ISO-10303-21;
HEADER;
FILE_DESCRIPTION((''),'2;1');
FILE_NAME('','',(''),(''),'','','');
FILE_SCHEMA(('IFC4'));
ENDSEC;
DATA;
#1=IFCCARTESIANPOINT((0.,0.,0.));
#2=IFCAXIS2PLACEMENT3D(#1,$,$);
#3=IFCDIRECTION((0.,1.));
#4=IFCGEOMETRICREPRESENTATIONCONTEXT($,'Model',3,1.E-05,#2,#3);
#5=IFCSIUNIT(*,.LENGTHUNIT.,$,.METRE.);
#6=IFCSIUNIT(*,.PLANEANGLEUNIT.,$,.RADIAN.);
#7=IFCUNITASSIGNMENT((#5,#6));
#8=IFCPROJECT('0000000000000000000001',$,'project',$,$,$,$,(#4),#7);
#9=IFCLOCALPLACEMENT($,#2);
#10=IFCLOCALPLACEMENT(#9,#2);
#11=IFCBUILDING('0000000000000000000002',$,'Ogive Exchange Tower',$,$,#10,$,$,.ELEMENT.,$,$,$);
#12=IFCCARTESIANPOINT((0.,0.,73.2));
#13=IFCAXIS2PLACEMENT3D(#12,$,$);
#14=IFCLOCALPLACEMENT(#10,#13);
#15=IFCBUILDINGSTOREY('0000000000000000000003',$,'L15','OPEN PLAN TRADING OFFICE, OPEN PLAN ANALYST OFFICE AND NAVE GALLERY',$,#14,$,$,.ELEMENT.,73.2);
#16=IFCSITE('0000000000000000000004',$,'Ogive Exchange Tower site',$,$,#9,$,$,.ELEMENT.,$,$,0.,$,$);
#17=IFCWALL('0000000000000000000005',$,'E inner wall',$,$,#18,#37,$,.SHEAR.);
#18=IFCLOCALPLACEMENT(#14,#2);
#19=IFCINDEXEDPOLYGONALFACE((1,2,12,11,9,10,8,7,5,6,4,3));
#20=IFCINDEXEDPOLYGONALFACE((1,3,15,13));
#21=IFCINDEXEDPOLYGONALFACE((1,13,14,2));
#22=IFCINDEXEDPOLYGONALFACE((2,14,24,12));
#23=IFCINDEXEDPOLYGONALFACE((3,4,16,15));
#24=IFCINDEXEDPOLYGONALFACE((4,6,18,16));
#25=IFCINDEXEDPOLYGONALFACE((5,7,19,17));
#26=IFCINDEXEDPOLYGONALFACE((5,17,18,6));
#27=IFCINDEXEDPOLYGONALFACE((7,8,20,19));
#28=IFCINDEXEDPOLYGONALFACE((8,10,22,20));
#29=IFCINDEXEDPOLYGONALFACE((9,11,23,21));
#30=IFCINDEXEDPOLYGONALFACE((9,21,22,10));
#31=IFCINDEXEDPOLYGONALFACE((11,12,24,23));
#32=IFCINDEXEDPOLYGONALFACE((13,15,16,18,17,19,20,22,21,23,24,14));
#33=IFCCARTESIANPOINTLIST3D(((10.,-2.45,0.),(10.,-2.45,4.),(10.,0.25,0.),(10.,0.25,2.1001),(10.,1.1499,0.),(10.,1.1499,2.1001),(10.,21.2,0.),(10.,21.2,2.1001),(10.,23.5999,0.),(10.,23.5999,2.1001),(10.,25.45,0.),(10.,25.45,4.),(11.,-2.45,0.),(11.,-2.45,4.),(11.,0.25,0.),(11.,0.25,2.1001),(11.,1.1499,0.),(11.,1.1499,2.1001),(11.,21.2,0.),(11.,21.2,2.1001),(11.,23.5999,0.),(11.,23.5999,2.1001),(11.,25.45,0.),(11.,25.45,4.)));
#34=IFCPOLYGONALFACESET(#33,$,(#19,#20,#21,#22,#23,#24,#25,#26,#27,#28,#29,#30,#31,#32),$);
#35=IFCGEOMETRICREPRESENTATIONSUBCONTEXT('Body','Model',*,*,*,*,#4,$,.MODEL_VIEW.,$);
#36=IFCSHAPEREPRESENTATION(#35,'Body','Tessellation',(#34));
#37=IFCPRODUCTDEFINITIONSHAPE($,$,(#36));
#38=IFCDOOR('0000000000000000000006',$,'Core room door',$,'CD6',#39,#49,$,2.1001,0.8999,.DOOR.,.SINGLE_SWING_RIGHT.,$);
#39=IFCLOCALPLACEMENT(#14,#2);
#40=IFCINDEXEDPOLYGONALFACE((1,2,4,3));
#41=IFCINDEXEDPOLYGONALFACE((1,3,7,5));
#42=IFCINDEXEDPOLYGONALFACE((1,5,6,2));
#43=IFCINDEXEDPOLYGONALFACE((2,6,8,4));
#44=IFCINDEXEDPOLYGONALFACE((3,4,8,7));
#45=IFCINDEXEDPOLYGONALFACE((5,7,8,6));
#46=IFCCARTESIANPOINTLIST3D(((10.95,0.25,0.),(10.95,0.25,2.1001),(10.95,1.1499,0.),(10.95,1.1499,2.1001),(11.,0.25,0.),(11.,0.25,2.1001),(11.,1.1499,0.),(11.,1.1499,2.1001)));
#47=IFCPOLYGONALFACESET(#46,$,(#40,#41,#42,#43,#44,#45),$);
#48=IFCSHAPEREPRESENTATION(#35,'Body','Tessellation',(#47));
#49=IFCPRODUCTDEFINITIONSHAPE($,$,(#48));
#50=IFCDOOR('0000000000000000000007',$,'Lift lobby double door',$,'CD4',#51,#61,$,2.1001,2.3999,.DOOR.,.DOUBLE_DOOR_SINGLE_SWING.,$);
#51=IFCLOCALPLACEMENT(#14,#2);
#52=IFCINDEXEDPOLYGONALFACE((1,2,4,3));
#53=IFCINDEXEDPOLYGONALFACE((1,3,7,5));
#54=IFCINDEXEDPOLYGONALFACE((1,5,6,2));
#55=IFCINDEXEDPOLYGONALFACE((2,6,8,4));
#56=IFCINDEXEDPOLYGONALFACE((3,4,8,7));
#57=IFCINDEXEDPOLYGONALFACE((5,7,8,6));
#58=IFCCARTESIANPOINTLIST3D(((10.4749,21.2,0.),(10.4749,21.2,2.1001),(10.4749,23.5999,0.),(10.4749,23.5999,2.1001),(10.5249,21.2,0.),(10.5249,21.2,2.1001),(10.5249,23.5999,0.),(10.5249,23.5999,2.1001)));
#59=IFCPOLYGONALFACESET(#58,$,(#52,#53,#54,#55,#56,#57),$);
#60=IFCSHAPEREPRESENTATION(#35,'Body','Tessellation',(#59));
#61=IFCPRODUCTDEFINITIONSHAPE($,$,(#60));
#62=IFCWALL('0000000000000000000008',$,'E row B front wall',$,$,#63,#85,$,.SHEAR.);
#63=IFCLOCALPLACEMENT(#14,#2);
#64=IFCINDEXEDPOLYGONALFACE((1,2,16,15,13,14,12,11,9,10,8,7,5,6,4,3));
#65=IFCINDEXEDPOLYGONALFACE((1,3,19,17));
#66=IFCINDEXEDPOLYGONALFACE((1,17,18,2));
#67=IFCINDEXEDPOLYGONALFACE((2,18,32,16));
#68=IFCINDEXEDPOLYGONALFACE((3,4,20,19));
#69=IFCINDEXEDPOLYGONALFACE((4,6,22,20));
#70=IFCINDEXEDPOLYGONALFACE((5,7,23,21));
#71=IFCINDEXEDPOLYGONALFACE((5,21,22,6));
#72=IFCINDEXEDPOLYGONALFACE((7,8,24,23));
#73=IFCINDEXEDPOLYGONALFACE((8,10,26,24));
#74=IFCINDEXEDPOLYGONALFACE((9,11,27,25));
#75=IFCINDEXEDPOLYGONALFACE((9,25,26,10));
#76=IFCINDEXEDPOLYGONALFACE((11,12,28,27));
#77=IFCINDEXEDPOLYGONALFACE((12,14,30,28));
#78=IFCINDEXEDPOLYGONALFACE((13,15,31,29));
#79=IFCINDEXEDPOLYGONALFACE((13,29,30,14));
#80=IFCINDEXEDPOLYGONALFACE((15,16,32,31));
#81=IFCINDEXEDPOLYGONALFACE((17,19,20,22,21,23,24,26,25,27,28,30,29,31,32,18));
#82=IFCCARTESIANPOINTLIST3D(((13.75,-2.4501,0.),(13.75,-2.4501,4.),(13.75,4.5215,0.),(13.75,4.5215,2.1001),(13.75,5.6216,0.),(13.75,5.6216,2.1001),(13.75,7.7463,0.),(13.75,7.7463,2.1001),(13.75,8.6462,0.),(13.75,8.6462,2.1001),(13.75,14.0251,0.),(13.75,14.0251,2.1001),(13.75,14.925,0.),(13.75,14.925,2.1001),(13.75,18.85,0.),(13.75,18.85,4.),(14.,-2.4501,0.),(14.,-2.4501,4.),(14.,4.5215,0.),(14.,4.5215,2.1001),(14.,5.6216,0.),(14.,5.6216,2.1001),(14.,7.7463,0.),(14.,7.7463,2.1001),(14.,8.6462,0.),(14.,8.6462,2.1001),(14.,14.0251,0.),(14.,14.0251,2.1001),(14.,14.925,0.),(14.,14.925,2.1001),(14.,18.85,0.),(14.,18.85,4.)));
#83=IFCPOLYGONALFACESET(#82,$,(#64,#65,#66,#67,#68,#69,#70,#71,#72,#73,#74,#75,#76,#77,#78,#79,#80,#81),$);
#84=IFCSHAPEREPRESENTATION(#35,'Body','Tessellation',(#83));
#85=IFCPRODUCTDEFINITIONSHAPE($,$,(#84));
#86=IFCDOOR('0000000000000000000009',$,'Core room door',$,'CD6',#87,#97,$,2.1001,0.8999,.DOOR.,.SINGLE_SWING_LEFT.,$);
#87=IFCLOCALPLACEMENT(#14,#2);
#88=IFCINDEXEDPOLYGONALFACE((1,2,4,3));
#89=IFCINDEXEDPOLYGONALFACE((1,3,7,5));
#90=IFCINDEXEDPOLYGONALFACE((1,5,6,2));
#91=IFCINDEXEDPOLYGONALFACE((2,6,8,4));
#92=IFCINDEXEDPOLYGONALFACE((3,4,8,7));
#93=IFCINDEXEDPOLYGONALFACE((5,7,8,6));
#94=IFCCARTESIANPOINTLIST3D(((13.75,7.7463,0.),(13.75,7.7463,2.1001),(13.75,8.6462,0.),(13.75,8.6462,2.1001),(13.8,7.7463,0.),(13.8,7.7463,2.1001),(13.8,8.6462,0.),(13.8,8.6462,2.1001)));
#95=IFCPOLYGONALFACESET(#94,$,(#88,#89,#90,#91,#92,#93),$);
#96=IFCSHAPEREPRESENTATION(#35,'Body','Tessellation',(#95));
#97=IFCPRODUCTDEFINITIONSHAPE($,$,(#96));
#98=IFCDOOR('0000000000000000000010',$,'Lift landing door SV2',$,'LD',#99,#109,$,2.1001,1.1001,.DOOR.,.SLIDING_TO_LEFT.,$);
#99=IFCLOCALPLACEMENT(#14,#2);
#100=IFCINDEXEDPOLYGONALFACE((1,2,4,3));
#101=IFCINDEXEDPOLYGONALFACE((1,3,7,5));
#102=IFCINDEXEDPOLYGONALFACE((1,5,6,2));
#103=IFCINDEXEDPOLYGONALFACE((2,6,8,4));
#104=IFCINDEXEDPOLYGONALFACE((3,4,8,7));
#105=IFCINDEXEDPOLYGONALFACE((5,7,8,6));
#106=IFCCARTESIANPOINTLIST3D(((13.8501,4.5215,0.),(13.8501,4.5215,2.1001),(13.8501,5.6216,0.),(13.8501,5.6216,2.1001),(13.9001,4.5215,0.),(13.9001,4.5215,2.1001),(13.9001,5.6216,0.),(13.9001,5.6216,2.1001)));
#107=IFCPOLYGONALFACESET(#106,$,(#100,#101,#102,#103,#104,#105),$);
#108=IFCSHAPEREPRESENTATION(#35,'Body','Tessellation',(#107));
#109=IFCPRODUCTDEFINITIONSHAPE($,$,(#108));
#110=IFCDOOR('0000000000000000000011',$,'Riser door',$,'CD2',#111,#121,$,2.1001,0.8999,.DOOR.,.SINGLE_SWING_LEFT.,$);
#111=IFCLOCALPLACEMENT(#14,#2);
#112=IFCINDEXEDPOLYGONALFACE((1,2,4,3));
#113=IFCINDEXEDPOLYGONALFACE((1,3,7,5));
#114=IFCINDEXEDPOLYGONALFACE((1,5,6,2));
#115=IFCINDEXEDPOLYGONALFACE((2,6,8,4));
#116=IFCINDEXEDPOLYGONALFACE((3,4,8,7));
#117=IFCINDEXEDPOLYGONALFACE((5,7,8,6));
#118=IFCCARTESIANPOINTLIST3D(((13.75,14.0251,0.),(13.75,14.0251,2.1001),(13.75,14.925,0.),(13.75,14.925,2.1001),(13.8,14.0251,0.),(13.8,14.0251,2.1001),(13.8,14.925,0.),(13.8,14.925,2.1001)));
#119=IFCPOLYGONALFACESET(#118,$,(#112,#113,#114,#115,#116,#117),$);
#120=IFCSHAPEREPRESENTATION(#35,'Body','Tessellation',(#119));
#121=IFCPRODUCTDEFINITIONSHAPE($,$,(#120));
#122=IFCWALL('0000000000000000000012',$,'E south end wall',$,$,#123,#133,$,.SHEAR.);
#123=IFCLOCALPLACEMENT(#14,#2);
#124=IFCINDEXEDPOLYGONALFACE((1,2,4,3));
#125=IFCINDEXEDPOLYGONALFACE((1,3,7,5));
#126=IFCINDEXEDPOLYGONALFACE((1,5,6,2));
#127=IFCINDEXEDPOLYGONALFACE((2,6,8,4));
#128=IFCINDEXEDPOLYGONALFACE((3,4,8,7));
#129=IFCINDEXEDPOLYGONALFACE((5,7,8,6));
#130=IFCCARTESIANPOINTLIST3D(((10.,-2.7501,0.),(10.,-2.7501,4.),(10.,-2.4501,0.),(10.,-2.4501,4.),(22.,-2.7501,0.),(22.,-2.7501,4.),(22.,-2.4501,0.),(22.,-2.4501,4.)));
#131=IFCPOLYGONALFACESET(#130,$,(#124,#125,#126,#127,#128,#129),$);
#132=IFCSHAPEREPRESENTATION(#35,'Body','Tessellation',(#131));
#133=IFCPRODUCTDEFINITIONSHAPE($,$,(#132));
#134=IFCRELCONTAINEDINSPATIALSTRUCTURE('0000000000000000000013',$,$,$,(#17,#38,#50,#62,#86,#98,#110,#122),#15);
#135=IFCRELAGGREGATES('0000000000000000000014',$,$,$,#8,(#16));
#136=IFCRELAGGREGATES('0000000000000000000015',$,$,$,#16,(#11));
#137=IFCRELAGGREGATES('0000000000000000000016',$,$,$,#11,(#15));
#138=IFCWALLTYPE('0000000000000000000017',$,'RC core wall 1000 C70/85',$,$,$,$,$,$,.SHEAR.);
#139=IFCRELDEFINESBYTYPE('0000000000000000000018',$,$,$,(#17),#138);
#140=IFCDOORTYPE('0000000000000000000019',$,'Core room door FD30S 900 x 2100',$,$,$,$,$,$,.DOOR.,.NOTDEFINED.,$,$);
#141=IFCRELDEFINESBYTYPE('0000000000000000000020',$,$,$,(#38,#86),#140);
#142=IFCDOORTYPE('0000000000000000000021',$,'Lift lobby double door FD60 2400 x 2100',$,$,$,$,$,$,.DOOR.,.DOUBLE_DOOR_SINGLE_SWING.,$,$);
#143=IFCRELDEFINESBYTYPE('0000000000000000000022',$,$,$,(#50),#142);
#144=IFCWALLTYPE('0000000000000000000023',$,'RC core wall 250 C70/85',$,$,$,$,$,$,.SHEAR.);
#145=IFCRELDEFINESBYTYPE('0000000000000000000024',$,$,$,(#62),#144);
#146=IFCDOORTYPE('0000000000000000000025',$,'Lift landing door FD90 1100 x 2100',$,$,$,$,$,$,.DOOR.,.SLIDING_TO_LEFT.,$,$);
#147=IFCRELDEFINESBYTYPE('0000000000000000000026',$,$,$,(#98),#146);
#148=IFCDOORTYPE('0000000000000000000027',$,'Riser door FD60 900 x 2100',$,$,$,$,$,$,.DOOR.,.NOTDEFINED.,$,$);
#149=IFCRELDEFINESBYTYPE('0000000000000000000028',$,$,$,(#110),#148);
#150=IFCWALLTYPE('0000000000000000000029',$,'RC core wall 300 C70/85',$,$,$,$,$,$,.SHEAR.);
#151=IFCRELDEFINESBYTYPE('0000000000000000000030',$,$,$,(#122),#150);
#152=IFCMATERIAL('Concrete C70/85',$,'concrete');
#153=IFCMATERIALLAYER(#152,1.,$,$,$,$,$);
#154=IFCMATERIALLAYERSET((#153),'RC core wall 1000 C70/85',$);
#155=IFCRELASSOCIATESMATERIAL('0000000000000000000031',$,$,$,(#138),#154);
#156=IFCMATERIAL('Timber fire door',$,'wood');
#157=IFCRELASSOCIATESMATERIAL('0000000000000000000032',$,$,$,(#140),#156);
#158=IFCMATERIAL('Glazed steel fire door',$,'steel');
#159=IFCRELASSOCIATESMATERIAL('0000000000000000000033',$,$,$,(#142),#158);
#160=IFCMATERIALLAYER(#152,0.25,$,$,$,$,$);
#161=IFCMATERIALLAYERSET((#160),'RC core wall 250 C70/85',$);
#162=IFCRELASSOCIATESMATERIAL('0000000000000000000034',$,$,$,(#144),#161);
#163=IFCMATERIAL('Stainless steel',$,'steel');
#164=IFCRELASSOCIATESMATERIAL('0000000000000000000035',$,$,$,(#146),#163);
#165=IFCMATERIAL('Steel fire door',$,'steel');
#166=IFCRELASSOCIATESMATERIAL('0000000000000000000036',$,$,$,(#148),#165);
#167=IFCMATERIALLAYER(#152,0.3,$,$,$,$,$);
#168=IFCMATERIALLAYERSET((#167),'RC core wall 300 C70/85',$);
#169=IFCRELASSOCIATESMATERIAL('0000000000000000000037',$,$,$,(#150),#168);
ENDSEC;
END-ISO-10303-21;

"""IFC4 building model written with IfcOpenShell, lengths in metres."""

from ifc_helpers import new_model, si_unit, direction, frame, frame_2d, origin, place, context, subcontext, project, spatial, rectangle, extrude, material, layer, layer_set, type_object, element, fill, save


model = new_model("IFC4")

# Units and contexts
model_context = context("Model", 3, precision=1e-05, world=origin(), true_north=direction((0.0, 1.0)))
body_context = subcontext(model_context, "Body", "Model", "MODEL_VIEW")
ifc_project = project(units=[si_unit("LENGTHUNIT", "METRE"), si_unit("PLANEANGLEUNIT", "RADIAN")], contexts=[model_context])

# Site, building, storey
site_placement = place(None, origin())
site = spatial("IfcSite", under=ifc_project, at=site_placement, Name="Ogive Exchange Tower site", CompositionType="ELEMENT", RefElevation=0.0)
building_placement = place(site_placement, origin())
building = spatial("IfcBuilding", under=site, at=building_placement, Name="Ogive Exchange Tower", CompositionType="ELEMENT")
storey_placement = place(building_placement, frame((0.0, 0.0, 73.2)))
storey = spatial("IfcBuildingStorey", under=building, at=storey_placement, Name="L15", Description="OPEN PLAN TRADING OFFICE, OPEN PLAN ANALYST OFFICE AND NAVE GALLERY", CompositionType="ELEMENT", Elevation=73.2)

# Shared definitions
ifc_material_1 = material(Name="Concrete C70/85", Category="concrete")

# Walls, openings, doors
ifc_layer_1 = layer(ifc_material_1, 1.0)
ifc_layer_set_1 = layer_set([ifc_layer_1], Name="RC core wall 1000 C70/85")
wall_type_1 = type_object("IfcWallType", Name="RC core wall 1000 C70/85", PredefinedType="SHEAR", material=ifc_layer_set_1)
wall_1_placement = place(storey_placement, frame((10.5, -2.45, 0.0), z_axis=(0.0, 0.0, 1.0), x_axis=(0.0, 1.0, 0.0)))
wall_1 = element("IfcWall", 1, at=wall_1_placement, inside=storey, type_object=wall_type_1, Name="E inner wall", PredefinedType="SHEAR", context=body_context, shape_type="SweptSolid", body=[
    extrude(rectangle(XDim=27.8999, YDim=1.0, at=frame_2d((13.95, 0.0))), origin(), (0.0, 0.0, 1.0), 4.0),
])
opening_1_placement = place(wall_1_placement, frame((23.6499, 0.0, 0.0)))
opening_1 = element("IfcOpeningElement", 2, at=opening_1_placement, cuts=wall_1, PredefinedType="OPENING", context=body_context, shape_type="SweptSolid", body=[
    extrude(rectangle(XDim=2.3999, YDim=2.1001, at=frame_2d((1.2, 1.05))), frame((0.0, 0.51, 0.0), z_axis=(0.0, -1.0, 0.0), x_axis=(1.0, 0.0, 0.0)), (0.0, 0.0, 1.0), 1.02),
])
opening_2_placement = place(wall_1_placement, frame((2.7, 0.0, 0.0)))
opening_2 = element("IfcOpeningElement", 3, at=opening_2_placement, cuts=wall_1, PredefinedType="OPENING", context=body_context, shape_type="SweptSolid", body=[
    extrude(rectangle(XDim=0.8999, YDim=2.1001, at=frame_2d((0.45, 1.05))), frame((0.0, 0.51, 0.0), z_axis=(0.0, -1.0, 0.0), x_axis=(1.0, 0.0, 0.0)), (0.0, 0.0, 1.0), 1.02),
])
ifc_material_2 = material(Name="Timber fire door", Category="wood")
door_type_1 = type_object("IfcDoorType", Name="Core room door FD30S 900 x 2100", OperationType="NOTDEFINED", PredefinedType="DOOR", material=ifc_material_2)
door_1_placement = place(opening_2_placement, frame((0.8999, -0.9502, 0.0), z_axis=(0.0, 0.0, 1.0), x_axis=(-1.0, 0.0, 0.0)))
door_1 = element("IfcDoor", 4, at=door_1_placement, inside=storey, type_object=door_type_1, Name="Core room door", ObjectType="CD6", OperationType="SINGLE_SWING_RIGHT", OverallHeight=2.1001, OverallWidth=0.8999, PredefinedType="DOOR", context=body_context, shape_type="SweptSolid", body=[
    extrude(rectangle(XDim=0.8999, YDim=2.1001, at=frame_2d((0.45, 1.05))), frame((0.0, -0.4502, 0.0), z_axis=(0.0, -1.0, 0.0), x_axis=(1.0, 0.0, 0.0)), (0.0, 0.0, 1.0), 0.05),
])
fill(opening_2, door_1)
ifc_material_3 = material(Name="Glazed steel fire door", Category="steel")
door_type_2 = type_object("IfcDoorType", Name="Lift lobby double door FD60 2400 x 2100", OperationType="DOUBLE_DOOR_SINGLE_SWING", PredefinedType="DOOR", material=ifc_material_3)
door_2_placement = place(opening_1_placement, frame((2.3999, 0.0, 0.0), z_axis=(0.0, 0.0, 1.0), x_axis=(-1.0, 0.0, 0.0)))
door_2 = element("IfcDoor", 5, at=door_2_placement, inside=storey, type_object=door_type_2, Name="Lift lobby double door", ObjectType="CD4", OperationType="DOUBLE_DOOR_SINGLE_SWING", OverallHeight=2.1001, OverallWidth=2.3999, PredefinedType="DOOR", context=body_context, shape_type="SweptSolid", body=[
    extrude(rectangle(XDim=2.3999, YDim=2.1001, at=frame_2d((1.2, 1.05))), frame((0.0, 0.0249, 0.0), z_axis=(0.0, -1.0, 0.0), x_axis=(1.0, 0.0, 0.0)), (0.0, 0.0, 1.0), 0.05),
])
fill(opening_1, door_2)
ifc_layer_2 = layer(ifc_material_1, 0.25)
ifc_layer_set_2 = layer_set([ifc_layer_2], Name="RC core wall 250 C70/85")
wall_type_2 = type_object("IfcWallType", Name="RC core wall 250 C70/85", PredefinedType="SHEAR", material=ifc_layer_set_2)
wall_2_placement = place(storey_placement, frame((13.875, -2.45, 0.0), z_axis=(0.0, 0.0, 1.0), x_axis=(0.0, 1.0, 0.0)))
wall_2 = element("IfcWall", 6, at=wall_2_placement, inside=storey, type_object=wall_type_2, Name="E row B front wall", PredefinedType="SHEAR", context=body_context, shape_type="SweptSolid", body=[
    extrude(rectangle(XDim=21.3, YDim=0.25, at=frame_2d((10.6499, 0.0))), origin(), (0.0, 0.0, 1.0), 4.0),
])
opening_3_placement = place(wall_2_placement, frame((10.1963, 0.0, 0.0)))
opening_3 = element("IfcOpeningElement", 7, at=opening_3_placement, cuts=wall_2, PredefinedType="OPENING", context=body_context, shape_type="SweptSolid", body=[
    extrude(rectangle(XDim=0.8999, YDim=2.1001, at=frame_2d((0.45, 1.05))), frame((0.0, 0.135, 0.0), z_axis=(0.0, -1.0, 0.0), x_axis=(1.0, 0.0, 0.0)), (0.0, 0.0, 1.0), 0.27),
])
opening_4_placement = place(wall_2_placement, frame((16.4751, 0.0, 0.0)))
opening_4 = element("IfcOpeningElement", 8, at=opening_4_placement, cuts=wall_2, PredefinedType="OPENING", context=body_context, shape_type="SweptSolid", body=[
    extrude(rectangle(XDim=0.8999, YDim=2.1001, at=frame_2d((0.45, 1.05))), frame((0.0, 0.135, 0.0), z_axis=(0.0, -1.0, 0.0), x_axis=(1.0, 0.0, 0.0)), (0.0, 0.0, 1.0), 0.27),
])
opening_5_placement = place(wall_2_placement, frame((6.9714, 0.0, 0.0)))
opening_5 = element("IfcOpeningElement", 9, at=opening_5_placement, cuts=wall_2, PredefinedType="OPENING", context=body_context, shape_type="SweptSolid", body=[
    extrude(rectangle(XDim=1.1001, YDim=2.1001, at=frame_2d((0.55, 1.05))), frame((0.0, 0.135, 0.0), z_axis=(0.0, -1.0, 0.0), x_axis=(1.0, 0.0, 0.0)), (0.0, 0.0, 1.0), 0.27),
])
door_3_placement = place(opening_3_placement, origin())
door_3 = element("IfcDoor", 10, at=door_3_placement, inside=storey, type_object=door_type_1, Name="Core room door", ObjectType="CD6", OperationType="SINGLE_SWING_LEFT", OverallHeight=2.1001, OverallWidth=0.8999, PredefinedType="DOOR", context=body_context, shape_type="SweptSolid", body=[
    extrude(rectangle(XDim=0.8999, YDim=2.1001, at=frame_2d((0.45, 1.05))), frame((0.0, 0.125, 0.0), z_axis=(0.0, -1.0, 0.0), x_axis=(1.0, 0.0, 0.0)), (0.0, 0.0, 1.0), 0.05),
])
fill(opening_3, door_3)
ifc_material_4 = material(Name="Stainless steel", Category="steel")
door_type_3 = type_object("IfcDoorType", Name="Lift landing door FD90 1100 x 2100", OperationType="SLIDING_TO_LEFT", PredefinedType="DOOR", material=ifc_material_4)
door_4_placement = place(opening_5_placement, origin())
door_4 = element("IfcDoor", 11, at=door_4_placement, inside=storey, type_object=door_type_3, Name="Lift landing door SV2", ObjectType="LD", OperationType="SLIDING_TO_LEFT", OverallHeight=2.1001, OverallWidth=1.1001, PredefinedType="DOOR", context=body_context, shape_type="SweptSolid", body=[
    extrude(rectangle(XDim=1.1001, YDim=2.1001, at=frame_2d((0.55, 1.05))), frame((0.0, 0.0249, 0.0), z_axis=(0.0, -1.0, 0.0), x_axis=(1.0, 0.0, 0.0)), (0.0, 0.0, 1.0), 0.05),
])
fill(opening_5, door_4)
ifc_material_5 = material(Name="Steel fire door", Category="steel")
door_type_4 = type_object("IfcDoorType", Name="Riser door FD60 900 x 2100", OperationType="NOTDEFINED", PredefinedType="DOOR", material=ifc_material_5)
door_5_placement = place(opening_4_placement, origin())
door_5 = element("IfcDoor", 12, at=door_5_placement, inside=storey, type_object=door_type_4, Name="Riser door", ObjectType="CD2", OperationType="SINGLE_SWING_LEFT", OverallHeight=2.1001, OverallWidth=0.8999, PredefinedType="DOOR", context=body_context, shape_type="SweptSolid", body=[
    extrude(rectangle(XDim=0.8999, YDim=2.1001, at=frame_2d((0.45, 1.05))), frame((0.0, 0.125, 0.0), z_axis=(0.0, -1.0, 0.0), x_axis=(1.0, 0.0, 0.0)), (0.0, 0.0, 1.0), 0.05),
])
fill(opening_4, door_5)

# Wall
ifc_layer_3 = layer(ifc_material_1, 0.3)
ifc_layer_set_3 = layer_set([ifc_layer_3], Name="RC core wall 300 C70/85")
wall_type_3 = type_object("IfcWallType", Name="RC core wall 300 C70/85", PredefinedType="SHEAR", material=ifc_layer_set_3)
wall_3_placement = place(storey_placement, frame((10.0, -2.6001, 0.0), z_axis=(0.0, 0.0, 1.0), x_axis=(1.0, 0.0, 0.0)))
element("IfcWall", 13, at=wall_3_placement, inside=storey, type_object=wall_type_3, Name="E south end wall", PredefinedType="SHEAR", context=body_context, shape_type="SweptSolid", body=[
    extrude(rectangle(XDim=12.0, YDim=0.3, at=frame_2d((6.0, 0.0))), origin(), (0.0, 0.0, 1.0), 4.0),
])

save(model, "model.ifc")
